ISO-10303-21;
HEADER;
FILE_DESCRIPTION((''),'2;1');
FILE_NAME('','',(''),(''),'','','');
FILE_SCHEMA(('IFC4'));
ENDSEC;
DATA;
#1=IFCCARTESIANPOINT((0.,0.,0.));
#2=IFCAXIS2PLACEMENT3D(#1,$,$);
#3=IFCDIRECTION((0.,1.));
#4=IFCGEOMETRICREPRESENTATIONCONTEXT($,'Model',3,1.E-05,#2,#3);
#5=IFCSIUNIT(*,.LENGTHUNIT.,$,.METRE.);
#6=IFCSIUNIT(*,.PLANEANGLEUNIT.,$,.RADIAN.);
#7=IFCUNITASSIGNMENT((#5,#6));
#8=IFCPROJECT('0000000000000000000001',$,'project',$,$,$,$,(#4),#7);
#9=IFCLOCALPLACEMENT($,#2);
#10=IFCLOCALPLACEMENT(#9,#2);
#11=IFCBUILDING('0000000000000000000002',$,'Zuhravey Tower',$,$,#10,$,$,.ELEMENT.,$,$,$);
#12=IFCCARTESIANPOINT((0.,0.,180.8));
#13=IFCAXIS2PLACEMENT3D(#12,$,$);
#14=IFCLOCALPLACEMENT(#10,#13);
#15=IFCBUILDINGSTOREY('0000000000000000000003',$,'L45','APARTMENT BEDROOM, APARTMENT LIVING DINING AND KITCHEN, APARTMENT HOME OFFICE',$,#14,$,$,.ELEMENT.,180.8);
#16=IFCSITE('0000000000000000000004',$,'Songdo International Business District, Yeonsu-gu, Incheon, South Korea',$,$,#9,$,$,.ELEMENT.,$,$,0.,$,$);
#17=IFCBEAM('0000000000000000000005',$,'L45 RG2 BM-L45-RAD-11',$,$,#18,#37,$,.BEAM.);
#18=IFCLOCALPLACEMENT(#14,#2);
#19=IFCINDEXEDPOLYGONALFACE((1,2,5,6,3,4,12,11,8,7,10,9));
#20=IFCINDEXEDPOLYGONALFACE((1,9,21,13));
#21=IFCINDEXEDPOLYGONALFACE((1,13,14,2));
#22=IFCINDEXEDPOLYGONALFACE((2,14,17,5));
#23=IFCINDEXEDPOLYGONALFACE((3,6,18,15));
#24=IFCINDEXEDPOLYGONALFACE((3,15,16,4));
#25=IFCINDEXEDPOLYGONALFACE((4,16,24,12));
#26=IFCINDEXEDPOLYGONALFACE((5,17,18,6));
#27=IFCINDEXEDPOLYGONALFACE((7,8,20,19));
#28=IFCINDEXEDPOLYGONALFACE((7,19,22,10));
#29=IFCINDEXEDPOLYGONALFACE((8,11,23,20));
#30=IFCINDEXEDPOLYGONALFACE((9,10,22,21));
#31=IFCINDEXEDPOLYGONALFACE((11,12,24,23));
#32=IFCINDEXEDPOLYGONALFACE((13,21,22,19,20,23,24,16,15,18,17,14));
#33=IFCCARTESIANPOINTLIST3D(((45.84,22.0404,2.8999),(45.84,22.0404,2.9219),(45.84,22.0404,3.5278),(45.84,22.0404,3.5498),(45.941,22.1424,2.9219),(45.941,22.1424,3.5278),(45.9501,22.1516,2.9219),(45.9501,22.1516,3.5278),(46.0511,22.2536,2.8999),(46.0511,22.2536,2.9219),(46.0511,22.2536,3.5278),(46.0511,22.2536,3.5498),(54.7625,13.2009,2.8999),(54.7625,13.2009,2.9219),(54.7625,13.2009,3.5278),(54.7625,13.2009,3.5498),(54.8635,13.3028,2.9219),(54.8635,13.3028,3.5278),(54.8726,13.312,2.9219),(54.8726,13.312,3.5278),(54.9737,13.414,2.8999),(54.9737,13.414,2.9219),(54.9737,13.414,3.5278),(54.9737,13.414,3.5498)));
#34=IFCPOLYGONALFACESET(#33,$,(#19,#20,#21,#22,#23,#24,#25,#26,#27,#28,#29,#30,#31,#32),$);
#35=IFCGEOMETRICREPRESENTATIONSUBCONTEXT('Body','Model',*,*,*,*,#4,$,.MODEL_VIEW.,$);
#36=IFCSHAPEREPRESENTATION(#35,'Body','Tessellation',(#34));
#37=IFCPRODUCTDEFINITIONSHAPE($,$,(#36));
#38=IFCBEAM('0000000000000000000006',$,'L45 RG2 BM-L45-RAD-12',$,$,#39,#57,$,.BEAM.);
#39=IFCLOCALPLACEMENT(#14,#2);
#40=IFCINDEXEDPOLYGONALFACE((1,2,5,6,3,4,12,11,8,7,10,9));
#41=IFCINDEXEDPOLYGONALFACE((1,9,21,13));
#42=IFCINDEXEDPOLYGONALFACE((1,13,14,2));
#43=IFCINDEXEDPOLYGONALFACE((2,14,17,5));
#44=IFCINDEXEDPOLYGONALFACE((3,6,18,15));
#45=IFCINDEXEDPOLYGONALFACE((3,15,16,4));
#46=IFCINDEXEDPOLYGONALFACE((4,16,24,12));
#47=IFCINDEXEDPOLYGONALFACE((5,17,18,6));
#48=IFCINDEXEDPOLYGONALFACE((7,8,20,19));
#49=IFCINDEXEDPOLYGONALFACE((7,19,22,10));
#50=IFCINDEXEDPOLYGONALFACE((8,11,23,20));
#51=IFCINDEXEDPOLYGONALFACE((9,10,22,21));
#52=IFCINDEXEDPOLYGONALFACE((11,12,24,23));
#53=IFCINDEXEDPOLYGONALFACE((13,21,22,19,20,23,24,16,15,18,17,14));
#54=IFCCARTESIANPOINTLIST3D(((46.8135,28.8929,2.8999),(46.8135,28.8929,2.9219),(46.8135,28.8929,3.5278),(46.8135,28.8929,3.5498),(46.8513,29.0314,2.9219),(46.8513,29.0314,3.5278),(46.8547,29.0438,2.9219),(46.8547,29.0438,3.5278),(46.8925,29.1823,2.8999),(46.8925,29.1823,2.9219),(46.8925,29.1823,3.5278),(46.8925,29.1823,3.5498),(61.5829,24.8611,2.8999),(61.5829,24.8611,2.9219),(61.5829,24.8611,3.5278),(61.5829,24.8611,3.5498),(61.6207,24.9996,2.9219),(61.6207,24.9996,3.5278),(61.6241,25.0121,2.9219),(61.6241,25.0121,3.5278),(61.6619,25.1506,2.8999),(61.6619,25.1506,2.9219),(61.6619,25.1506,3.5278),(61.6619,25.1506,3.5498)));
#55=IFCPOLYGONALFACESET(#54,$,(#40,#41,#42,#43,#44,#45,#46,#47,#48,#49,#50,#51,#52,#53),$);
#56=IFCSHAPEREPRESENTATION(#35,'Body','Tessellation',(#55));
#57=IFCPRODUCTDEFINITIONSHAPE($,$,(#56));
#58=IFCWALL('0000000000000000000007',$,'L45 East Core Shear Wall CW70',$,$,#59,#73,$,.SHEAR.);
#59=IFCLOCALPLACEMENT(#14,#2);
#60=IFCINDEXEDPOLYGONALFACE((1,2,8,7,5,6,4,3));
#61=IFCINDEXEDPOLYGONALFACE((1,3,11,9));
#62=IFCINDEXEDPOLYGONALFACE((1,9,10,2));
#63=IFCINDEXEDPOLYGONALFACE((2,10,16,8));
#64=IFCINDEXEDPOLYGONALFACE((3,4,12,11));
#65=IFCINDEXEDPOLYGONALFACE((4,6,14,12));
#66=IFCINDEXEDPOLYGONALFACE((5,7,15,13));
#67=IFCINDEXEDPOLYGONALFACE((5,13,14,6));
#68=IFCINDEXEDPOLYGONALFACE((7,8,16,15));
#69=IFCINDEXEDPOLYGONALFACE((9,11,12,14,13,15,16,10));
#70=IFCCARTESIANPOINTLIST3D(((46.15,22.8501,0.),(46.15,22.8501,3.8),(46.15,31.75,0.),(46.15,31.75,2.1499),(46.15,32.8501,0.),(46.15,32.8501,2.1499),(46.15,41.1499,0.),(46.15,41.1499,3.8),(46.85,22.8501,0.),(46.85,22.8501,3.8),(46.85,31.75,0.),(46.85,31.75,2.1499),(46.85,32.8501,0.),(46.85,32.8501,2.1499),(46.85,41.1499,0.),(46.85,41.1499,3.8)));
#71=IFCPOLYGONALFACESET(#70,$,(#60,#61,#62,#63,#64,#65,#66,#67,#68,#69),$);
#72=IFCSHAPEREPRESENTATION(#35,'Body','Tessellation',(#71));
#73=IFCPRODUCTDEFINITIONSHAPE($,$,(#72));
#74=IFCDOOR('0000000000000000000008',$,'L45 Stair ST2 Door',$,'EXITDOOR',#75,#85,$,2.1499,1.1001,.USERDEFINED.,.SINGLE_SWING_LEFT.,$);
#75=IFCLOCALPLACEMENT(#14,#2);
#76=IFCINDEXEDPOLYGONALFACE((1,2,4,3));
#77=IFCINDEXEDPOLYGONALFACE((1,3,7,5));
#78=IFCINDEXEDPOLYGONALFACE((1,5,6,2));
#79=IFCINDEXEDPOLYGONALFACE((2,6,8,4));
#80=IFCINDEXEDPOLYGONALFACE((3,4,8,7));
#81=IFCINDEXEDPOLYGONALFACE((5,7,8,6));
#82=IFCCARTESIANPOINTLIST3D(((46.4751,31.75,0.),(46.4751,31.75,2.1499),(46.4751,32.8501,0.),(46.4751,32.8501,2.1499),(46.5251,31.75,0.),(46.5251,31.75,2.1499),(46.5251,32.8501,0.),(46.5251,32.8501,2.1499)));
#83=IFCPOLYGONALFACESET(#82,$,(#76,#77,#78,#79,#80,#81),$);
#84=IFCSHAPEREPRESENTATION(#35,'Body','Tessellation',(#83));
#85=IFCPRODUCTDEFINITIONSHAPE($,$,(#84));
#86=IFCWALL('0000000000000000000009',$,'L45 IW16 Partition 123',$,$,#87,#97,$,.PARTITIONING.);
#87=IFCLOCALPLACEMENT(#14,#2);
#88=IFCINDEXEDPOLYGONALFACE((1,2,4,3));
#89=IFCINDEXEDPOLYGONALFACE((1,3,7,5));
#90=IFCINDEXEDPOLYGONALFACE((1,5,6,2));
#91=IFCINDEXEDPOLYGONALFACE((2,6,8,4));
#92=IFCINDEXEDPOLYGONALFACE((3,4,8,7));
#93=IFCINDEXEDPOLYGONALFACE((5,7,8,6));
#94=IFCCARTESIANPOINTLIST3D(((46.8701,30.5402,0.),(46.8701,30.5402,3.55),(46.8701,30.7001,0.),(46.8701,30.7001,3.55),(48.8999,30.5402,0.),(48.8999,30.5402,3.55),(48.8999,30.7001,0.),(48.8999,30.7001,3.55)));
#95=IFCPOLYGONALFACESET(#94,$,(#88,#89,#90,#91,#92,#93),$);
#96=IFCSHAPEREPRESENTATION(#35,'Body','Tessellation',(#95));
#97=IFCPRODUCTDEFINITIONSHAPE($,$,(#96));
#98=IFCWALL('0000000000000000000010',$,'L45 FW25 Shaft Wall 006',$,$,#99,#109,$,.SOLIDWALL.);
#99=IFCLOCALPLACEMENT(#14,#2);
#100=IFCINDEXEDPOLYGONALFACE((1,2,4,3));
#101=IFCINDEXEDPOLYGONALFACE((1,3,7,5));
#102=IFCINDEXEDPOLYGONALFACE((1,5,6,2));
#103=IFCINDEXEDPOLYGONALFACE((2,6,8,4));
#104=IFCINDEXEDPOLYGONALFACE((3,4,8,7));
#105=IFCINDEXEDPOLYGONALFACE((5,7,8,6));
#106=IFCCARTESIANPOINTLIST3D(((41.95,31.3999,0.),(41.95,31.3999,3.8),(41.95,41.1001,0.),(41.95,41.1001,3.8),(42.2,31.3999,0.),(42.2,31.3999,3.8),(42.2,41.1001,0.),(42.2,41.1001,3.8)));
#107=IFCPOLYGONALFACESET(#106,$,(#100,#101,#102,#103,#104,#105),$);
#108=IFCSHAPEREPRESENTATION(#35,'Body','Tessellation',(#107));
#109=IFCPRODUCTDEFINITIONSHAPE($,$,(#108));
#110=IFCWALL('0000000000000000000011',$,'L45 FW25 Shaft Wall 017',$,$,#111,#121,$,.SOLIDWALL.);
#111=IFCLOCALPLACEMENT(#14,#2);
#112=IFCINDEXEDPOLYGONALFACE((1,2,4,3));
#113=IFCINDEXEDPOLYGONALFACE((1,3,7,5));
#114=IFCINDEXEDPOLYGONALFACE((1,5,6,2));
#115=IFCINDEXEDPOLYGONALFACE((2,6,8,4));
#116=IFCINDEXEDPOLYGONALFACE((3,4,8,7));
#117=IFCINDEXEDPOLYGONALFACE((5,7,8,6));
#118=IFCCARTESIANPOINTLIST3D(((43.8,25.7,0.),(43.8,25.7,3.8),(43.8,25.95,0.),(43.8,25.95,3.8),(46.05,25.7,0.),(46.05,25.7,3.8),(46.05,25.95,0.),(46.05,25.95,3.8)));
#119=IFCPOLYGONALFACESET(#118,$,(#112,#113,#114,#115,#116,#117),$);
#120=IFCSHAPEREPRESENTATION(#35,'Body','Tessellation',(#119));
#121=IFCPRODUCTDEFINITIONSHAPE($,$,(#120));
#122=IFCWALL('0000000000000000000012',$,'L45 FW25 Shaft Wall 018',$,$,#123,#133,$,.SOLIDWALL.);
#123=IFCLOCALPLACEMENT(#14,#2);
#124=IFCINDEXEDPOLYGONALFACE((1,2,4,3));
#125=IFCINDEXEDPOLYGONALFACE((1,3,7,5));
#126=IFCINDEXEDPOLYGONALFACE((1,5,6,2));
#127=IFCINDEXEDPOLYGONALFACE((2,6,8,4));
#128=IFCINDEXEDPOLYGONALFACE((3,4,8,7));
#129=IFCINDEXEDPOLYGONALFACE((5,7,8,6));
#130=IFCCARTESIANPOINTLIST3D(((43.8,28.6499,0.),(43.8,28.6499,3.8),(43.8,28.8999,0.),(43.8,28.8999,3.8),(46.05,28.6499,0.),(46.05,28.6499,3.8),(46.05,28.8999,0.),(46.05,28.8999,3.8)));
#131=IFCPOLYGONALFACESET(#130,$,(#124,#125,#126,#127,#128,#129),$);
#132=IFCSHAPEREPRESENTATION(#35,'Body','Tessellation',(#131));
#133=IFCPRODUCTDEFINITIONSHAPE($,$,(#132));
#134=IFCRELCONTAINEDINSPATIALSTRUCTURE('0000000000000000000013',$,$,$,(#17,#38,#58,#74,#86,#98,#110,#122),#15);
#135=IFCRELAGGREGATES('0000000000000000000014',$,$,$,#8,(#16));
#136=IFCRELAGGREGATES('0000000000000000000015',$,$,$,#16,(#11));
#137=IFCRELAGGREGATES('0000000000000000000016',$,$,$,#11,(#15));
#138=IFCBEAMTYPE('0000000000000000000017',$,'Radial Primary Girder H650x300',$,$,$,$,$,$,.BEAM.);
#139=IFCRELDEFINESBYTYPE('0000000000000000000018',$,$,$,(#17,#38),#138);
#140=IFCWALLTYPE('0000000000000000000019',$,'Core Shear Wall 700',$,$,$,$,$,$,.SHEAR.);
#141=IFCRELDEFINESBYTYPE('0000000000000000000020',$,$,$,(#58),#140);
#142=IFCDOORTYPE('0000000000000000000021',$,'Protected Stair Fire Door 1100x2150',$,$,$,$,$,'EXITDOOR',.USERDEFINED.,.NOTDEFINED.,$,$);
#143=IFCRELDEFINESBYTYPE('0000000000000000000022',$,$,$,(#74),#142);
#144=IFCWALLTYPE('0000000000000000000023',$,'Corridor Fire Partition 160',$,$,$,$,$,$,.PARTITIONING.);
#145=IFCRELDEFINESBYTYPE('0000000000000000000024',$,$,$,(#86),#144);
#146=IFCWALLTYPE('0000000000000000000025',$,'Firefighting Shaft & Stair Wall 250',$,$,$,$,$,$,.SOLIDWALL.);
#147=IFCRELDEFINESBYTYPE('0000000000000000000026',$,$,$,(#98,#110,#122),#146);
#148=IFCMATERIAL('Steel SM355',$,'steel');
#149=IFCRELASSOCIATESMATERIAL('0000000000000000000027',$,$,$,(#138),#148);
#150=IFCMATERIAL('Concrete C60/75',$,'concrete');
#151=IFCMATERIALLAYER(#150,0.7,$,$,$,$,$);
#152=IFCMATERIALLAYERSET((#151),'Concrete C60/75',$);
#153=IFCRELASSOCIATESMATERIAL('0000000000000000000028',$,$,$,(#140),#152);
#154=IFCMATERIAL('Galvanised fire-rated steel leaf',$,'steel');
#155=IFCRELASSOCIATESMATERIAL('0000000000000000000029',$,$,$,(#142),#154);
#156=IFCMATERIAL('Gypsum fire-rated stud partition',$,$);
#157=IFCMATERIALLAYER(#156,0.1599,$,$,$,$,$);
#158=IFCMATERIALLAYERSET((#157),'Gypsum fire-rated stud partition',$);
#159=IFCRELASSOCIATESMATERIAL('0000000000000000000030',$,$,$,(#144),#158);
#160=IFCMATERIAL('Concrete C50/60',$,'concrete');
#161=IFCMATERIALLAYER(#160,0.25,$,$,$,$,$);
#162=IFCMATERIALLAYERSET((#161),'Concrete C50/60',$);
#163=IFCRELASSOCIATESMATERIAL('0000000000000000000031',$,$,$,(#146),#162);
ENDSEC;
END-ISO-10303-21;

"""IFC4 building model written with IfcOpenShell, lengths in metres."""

from ifc_helpers import new_model, si_unit, direction, frame, frame_2d, origin, origin_2d, place, context, subcontext, project, spatial, rectangle, i_section, extrude, material, layer, layer_set, material_profile, profile_set, type_object, element, fill, save


model = new_model("IFC4")

# Units and contexts
model_context = context("Model", 3, precision=1e-05, world=origin(), true_north=direction((0.0, 1.0)))
body_context = subcontext(model_context, "Body", "Model", "MODEL_VIEW")
ifc_project = project(units=[si_unit("LENGTHUNIT", "METRE"), si_unit("PLANEANGLEUNIT", "RADIAN")], contexts=[model_context])

# Site, building, storey
site_placement = place(None, origin())
site = spatial("IfcSite", under=ifc_project, at=site_placement, Name="Songdo International Business District, Yeonsu-gu, Incheon, South Korea", CompositionType="ELEMENT", RefElevation=0.0)
building_placement = place(site_placement, origin())
building = spatial("IfcBuilding", under=site, at=building_placement, Name="Zuhravey Tower", CompositionType="ELEMENT")
storey_placement = place(building_placement, frame((0.0, 0.0, 180.8)))
storey = spatial("IfcBuildingStorey", under=building, at=storey_placement, Name="L45", Description="APARTMENT BEDROOM, APARTMENT LIVING DINING AND KITCHEN, APARTMENT HOME OFFICE", CompositionType="ELEMENT", Elevation=180.8)

# Beams
ifc_material_1 = material(Name="Steel SM355", Category="steel")
ifc_material_profile = material_profile(ifc_material_1, i_section(OverallWidth=0.3, OverallDepth=0.6499, WebThickness=0.0129, FlangeThickness=0.022, at=origin_2d()), Name="H-650x300x13x22")
ifc_profile_set = profile_set([ifc_material_profile], Name="Steel SM355")
beam_type = type_object("IfcBeamType", Name="Radial Primary Girder H650x300", PredefinedType="BEAM", material=ifc_profile_set)
beam_1_placement = place(storey_placement, frame((45.9456, 22.147, 3.2249), z_axis=(0.710404, -0.703795, 0.0), x_axis=(0.703795, 0.710404, 0.0)))
element("IfcBeam", 1, at=beam_1_placement, inside=storey, type_object=beam_type, Name="L45 RG2 BM-L45-RAD-11", PredefinedType="BEAM", context=body_context, shape_type="SweptSolid", body=[
    extrude(i_section(OverallWidth=0.3, OverallDepth=0.6499, WebThickness=0.0129, FlangeThickness=0.022, at=origin_2d()), origin(), (0.0, 0.0, 1.0), 12.5598),
])
beam_2_placement = place(storey_placement, frame((46.853, 29.0376, 3.2249), z_axis=(0.964702, -0.263345, 0.0), x_axis=(0.263345, 0.964702, 0.0)))
element("IfcBeam", 2, at=beam_2_placement, inside=storey, type_object=beam_type, Name="L45 RG2 BM-L45-RAD-12", PredefinedType="BEAM", context=body_context, shape_type="SweptSolid", body=[
    extrude(i_section(OverallWidth=0.3, OverallDepth=0.6499, WebThickness=0.0129, FlangeThickness=0.022, at=origin_2d()), origin(), (0.0, 0.0, 1.0), 15.3098),
])

# Wall, opening, door
ifc_material_2 = material(Name="Concrete C60/75", Category="concrete")
ifc_layer_1 = layer(ifc_material_2, 0.7)
ifc_layer_set_1 = layer_set([ifc_layer_1], Name="Concrete C60/75")
wall_type_1 = type_object("IfcWallType", Name="Core Shear Wall 700", PredefinedType="SHEAR", material=ifc_layer_set_1)
wall_1_placement = place(storey_placement, frame((46.5, 22.8501, 0.0), z_axis=(0.0, 0.0, 1.0), x_axis=(0.0, 1.0, 0.0)))
wall_1 = element("IfcWall", 3, at=wall_1_placement, inside=storey, type_object=wall_type_1, Name="L45 East Core Shear Wall CW70", PredefinedType="SHEAR", context=body_context, shape_type="SweptSolid", body=[
    extrude(rectangle(XDim=18.2998, YDim=0.7, at=frame_2d((9.1499, 0.0))), origin(), (0.0, 0.0, 1.0), 3.8),
])
opening_1_placement = place(wall_1_placement, frame((8.8999, 0.0, 0.0)))
opening_1 = element("IfcOpeningElement", 4, at=opening_1_placement, cuts=wall_1, PredefinedType="OPENING", context=body_context, shape_type="SweptSolid", body=[
    extrude(rectangle(XDim=1.1001, YDim=2.1499, at=frame_2d((0.55, 1.075))), frame((0.0, 0.3621, 0.0), z_axis=(0.0, -1.0, 0.0), x_axis=(1.0, 0.0, 0.0)), (0.0, 0.0, 1.0), 0.7239),
])
ifc_material_3 = material(Name="Galvanised fire-rated steel leaf", Category="steel")
door_type_1 = type_object("IfcDoorType", Name="Protected Stair Fire Door 1100x2150", ElementType="EXITDOOR", OperationType="NOTDEFINED", PredefinedType="USERDEFINED", material=ifc_material_3)
door_1_placement = place(opening_1_placement, origin())
door_1 = element("IfcDoor", 5, at=door_1_placement, inside=storey, type_object=door_type_1, Name="L45 Stair ST2 Door", ObjectType="EXITDOOR", OperationType="SINGLE_SWING_LEFT", OverallHeight=2.1499, OverallWidth=1.1001, PredefinedType="USERDEFINED", context=body_context, shape_type="SweptSolid", body=[
    extrude(rectangle(XDim=1.1001, YDim=2.1499, at=frame_2d((0.55, 1.075))), frame((0.0, 0.0249, 0.0), z_axis=(0.0, -1.0, 0.0), x_axis=(1.0, 0.0, 0.0)), (0.0, 0.0, 1.0), 0.05),
])
fill(opening_1, door_1)

# Walls
ifc_material_4 = material(Name="Gypsum fire-rated stud partition")
ifc_layer_2 = layer(ifc_material_4, 0.1599)
ifc_layer_set_2 = layer_set([ifc_layer_2], Name="Gypsum fire-rated stud partition")
wall_type_2 = type_object("IfcWallType", Name="Corridor Fire Partition 160", PredefinedType="PARTITIONING", material=ifc_layer_set_2)
wall_2_placement = place(storey_placement, frame((46.8701, 30.6201, 0.0), z_axis=(0.0, 0.0, 1.0), x_axis=(1.0, 0.0, 0.0)))
element("IfcWall", 6, at=wall_2_placement, inside=storey, type_object=wall_type_2, Name="L45 IW16 Partition 123", PredefinedType="PARTITIONING", context=body_context, shape_type="SweptSolid", body=[
    extrude(rectangle(XDim=2.0298, YDim=0.1599, at=frame_2d((1.0149, 0.0))), origin(), (0.0, 0.0, 1.0), 3.55),
])
ifc_material_5 = material(Name="Concrete C50/60", Category="concrete")
ifc_layer_3 = layer(ifc_material_5, 0.25)
ifc_layer_set_3 = layer_set([ifc_layer_3], Name="Concrete C50/60")
wall_type_3 = type_object("IfcWallType", Name="Firefighting Shaft & Stair Wall 250", PredefinedType="SOLIDWALL", material=ifc_layer_set_3)
wall_3_placement = place(storey_placement, frame((42.075, 31.3999, 0.0), z_axis=(0.0, 0.0, 1.0), x_axis=(0.0, 1.0, 0.0)))
element("IfcWall", 7, at=wall_3_placement, inside=storey, type_object=wall_type_3, Name="L45 FW25 Shaft Wall 006", PredefinedType="SOLIDWALL", context=body_context, shape_type="SweptSolid", body=[
    extrude(rectangle(XDim=9.7002, YDim=0.25, at=frame_2d((4.8501, 0.0))), origin(), (0.0, 0.0, 1.0), 3.8),
])
for number, where, z_axis, x_axis, name in (
    (8, (43.8, 25.825, 0.0), (0.0, 0.0, 1.0), (1.0, 0.0, 0.0), "L45 FW25 Shaft Wall 017"),
    (9, (43.8, 28.7749, 0.0), (0.0, 0.0, 1.0), (1.0, 0.0, 0.0), "L45 FW25 Shaft Wall 018"),
):
    element("IfcWall", number, at=place(storey_placement, frame(where, z_axis=z_axis, x_axis=x_axis)), inside=storey, type_object=wall_type_3, Name=name, PredefinedType="SOLIDWALL", context=body_context, shape_type="SweptSolid", body=[
        extrude(rectangle(XDim=2.25, YDim=0.25, at=frame_2d((1.125, 0.0))), origin(), (0.0, 0.0, 1.0), 3.8),
    ])

save(model, "model.ifc")
